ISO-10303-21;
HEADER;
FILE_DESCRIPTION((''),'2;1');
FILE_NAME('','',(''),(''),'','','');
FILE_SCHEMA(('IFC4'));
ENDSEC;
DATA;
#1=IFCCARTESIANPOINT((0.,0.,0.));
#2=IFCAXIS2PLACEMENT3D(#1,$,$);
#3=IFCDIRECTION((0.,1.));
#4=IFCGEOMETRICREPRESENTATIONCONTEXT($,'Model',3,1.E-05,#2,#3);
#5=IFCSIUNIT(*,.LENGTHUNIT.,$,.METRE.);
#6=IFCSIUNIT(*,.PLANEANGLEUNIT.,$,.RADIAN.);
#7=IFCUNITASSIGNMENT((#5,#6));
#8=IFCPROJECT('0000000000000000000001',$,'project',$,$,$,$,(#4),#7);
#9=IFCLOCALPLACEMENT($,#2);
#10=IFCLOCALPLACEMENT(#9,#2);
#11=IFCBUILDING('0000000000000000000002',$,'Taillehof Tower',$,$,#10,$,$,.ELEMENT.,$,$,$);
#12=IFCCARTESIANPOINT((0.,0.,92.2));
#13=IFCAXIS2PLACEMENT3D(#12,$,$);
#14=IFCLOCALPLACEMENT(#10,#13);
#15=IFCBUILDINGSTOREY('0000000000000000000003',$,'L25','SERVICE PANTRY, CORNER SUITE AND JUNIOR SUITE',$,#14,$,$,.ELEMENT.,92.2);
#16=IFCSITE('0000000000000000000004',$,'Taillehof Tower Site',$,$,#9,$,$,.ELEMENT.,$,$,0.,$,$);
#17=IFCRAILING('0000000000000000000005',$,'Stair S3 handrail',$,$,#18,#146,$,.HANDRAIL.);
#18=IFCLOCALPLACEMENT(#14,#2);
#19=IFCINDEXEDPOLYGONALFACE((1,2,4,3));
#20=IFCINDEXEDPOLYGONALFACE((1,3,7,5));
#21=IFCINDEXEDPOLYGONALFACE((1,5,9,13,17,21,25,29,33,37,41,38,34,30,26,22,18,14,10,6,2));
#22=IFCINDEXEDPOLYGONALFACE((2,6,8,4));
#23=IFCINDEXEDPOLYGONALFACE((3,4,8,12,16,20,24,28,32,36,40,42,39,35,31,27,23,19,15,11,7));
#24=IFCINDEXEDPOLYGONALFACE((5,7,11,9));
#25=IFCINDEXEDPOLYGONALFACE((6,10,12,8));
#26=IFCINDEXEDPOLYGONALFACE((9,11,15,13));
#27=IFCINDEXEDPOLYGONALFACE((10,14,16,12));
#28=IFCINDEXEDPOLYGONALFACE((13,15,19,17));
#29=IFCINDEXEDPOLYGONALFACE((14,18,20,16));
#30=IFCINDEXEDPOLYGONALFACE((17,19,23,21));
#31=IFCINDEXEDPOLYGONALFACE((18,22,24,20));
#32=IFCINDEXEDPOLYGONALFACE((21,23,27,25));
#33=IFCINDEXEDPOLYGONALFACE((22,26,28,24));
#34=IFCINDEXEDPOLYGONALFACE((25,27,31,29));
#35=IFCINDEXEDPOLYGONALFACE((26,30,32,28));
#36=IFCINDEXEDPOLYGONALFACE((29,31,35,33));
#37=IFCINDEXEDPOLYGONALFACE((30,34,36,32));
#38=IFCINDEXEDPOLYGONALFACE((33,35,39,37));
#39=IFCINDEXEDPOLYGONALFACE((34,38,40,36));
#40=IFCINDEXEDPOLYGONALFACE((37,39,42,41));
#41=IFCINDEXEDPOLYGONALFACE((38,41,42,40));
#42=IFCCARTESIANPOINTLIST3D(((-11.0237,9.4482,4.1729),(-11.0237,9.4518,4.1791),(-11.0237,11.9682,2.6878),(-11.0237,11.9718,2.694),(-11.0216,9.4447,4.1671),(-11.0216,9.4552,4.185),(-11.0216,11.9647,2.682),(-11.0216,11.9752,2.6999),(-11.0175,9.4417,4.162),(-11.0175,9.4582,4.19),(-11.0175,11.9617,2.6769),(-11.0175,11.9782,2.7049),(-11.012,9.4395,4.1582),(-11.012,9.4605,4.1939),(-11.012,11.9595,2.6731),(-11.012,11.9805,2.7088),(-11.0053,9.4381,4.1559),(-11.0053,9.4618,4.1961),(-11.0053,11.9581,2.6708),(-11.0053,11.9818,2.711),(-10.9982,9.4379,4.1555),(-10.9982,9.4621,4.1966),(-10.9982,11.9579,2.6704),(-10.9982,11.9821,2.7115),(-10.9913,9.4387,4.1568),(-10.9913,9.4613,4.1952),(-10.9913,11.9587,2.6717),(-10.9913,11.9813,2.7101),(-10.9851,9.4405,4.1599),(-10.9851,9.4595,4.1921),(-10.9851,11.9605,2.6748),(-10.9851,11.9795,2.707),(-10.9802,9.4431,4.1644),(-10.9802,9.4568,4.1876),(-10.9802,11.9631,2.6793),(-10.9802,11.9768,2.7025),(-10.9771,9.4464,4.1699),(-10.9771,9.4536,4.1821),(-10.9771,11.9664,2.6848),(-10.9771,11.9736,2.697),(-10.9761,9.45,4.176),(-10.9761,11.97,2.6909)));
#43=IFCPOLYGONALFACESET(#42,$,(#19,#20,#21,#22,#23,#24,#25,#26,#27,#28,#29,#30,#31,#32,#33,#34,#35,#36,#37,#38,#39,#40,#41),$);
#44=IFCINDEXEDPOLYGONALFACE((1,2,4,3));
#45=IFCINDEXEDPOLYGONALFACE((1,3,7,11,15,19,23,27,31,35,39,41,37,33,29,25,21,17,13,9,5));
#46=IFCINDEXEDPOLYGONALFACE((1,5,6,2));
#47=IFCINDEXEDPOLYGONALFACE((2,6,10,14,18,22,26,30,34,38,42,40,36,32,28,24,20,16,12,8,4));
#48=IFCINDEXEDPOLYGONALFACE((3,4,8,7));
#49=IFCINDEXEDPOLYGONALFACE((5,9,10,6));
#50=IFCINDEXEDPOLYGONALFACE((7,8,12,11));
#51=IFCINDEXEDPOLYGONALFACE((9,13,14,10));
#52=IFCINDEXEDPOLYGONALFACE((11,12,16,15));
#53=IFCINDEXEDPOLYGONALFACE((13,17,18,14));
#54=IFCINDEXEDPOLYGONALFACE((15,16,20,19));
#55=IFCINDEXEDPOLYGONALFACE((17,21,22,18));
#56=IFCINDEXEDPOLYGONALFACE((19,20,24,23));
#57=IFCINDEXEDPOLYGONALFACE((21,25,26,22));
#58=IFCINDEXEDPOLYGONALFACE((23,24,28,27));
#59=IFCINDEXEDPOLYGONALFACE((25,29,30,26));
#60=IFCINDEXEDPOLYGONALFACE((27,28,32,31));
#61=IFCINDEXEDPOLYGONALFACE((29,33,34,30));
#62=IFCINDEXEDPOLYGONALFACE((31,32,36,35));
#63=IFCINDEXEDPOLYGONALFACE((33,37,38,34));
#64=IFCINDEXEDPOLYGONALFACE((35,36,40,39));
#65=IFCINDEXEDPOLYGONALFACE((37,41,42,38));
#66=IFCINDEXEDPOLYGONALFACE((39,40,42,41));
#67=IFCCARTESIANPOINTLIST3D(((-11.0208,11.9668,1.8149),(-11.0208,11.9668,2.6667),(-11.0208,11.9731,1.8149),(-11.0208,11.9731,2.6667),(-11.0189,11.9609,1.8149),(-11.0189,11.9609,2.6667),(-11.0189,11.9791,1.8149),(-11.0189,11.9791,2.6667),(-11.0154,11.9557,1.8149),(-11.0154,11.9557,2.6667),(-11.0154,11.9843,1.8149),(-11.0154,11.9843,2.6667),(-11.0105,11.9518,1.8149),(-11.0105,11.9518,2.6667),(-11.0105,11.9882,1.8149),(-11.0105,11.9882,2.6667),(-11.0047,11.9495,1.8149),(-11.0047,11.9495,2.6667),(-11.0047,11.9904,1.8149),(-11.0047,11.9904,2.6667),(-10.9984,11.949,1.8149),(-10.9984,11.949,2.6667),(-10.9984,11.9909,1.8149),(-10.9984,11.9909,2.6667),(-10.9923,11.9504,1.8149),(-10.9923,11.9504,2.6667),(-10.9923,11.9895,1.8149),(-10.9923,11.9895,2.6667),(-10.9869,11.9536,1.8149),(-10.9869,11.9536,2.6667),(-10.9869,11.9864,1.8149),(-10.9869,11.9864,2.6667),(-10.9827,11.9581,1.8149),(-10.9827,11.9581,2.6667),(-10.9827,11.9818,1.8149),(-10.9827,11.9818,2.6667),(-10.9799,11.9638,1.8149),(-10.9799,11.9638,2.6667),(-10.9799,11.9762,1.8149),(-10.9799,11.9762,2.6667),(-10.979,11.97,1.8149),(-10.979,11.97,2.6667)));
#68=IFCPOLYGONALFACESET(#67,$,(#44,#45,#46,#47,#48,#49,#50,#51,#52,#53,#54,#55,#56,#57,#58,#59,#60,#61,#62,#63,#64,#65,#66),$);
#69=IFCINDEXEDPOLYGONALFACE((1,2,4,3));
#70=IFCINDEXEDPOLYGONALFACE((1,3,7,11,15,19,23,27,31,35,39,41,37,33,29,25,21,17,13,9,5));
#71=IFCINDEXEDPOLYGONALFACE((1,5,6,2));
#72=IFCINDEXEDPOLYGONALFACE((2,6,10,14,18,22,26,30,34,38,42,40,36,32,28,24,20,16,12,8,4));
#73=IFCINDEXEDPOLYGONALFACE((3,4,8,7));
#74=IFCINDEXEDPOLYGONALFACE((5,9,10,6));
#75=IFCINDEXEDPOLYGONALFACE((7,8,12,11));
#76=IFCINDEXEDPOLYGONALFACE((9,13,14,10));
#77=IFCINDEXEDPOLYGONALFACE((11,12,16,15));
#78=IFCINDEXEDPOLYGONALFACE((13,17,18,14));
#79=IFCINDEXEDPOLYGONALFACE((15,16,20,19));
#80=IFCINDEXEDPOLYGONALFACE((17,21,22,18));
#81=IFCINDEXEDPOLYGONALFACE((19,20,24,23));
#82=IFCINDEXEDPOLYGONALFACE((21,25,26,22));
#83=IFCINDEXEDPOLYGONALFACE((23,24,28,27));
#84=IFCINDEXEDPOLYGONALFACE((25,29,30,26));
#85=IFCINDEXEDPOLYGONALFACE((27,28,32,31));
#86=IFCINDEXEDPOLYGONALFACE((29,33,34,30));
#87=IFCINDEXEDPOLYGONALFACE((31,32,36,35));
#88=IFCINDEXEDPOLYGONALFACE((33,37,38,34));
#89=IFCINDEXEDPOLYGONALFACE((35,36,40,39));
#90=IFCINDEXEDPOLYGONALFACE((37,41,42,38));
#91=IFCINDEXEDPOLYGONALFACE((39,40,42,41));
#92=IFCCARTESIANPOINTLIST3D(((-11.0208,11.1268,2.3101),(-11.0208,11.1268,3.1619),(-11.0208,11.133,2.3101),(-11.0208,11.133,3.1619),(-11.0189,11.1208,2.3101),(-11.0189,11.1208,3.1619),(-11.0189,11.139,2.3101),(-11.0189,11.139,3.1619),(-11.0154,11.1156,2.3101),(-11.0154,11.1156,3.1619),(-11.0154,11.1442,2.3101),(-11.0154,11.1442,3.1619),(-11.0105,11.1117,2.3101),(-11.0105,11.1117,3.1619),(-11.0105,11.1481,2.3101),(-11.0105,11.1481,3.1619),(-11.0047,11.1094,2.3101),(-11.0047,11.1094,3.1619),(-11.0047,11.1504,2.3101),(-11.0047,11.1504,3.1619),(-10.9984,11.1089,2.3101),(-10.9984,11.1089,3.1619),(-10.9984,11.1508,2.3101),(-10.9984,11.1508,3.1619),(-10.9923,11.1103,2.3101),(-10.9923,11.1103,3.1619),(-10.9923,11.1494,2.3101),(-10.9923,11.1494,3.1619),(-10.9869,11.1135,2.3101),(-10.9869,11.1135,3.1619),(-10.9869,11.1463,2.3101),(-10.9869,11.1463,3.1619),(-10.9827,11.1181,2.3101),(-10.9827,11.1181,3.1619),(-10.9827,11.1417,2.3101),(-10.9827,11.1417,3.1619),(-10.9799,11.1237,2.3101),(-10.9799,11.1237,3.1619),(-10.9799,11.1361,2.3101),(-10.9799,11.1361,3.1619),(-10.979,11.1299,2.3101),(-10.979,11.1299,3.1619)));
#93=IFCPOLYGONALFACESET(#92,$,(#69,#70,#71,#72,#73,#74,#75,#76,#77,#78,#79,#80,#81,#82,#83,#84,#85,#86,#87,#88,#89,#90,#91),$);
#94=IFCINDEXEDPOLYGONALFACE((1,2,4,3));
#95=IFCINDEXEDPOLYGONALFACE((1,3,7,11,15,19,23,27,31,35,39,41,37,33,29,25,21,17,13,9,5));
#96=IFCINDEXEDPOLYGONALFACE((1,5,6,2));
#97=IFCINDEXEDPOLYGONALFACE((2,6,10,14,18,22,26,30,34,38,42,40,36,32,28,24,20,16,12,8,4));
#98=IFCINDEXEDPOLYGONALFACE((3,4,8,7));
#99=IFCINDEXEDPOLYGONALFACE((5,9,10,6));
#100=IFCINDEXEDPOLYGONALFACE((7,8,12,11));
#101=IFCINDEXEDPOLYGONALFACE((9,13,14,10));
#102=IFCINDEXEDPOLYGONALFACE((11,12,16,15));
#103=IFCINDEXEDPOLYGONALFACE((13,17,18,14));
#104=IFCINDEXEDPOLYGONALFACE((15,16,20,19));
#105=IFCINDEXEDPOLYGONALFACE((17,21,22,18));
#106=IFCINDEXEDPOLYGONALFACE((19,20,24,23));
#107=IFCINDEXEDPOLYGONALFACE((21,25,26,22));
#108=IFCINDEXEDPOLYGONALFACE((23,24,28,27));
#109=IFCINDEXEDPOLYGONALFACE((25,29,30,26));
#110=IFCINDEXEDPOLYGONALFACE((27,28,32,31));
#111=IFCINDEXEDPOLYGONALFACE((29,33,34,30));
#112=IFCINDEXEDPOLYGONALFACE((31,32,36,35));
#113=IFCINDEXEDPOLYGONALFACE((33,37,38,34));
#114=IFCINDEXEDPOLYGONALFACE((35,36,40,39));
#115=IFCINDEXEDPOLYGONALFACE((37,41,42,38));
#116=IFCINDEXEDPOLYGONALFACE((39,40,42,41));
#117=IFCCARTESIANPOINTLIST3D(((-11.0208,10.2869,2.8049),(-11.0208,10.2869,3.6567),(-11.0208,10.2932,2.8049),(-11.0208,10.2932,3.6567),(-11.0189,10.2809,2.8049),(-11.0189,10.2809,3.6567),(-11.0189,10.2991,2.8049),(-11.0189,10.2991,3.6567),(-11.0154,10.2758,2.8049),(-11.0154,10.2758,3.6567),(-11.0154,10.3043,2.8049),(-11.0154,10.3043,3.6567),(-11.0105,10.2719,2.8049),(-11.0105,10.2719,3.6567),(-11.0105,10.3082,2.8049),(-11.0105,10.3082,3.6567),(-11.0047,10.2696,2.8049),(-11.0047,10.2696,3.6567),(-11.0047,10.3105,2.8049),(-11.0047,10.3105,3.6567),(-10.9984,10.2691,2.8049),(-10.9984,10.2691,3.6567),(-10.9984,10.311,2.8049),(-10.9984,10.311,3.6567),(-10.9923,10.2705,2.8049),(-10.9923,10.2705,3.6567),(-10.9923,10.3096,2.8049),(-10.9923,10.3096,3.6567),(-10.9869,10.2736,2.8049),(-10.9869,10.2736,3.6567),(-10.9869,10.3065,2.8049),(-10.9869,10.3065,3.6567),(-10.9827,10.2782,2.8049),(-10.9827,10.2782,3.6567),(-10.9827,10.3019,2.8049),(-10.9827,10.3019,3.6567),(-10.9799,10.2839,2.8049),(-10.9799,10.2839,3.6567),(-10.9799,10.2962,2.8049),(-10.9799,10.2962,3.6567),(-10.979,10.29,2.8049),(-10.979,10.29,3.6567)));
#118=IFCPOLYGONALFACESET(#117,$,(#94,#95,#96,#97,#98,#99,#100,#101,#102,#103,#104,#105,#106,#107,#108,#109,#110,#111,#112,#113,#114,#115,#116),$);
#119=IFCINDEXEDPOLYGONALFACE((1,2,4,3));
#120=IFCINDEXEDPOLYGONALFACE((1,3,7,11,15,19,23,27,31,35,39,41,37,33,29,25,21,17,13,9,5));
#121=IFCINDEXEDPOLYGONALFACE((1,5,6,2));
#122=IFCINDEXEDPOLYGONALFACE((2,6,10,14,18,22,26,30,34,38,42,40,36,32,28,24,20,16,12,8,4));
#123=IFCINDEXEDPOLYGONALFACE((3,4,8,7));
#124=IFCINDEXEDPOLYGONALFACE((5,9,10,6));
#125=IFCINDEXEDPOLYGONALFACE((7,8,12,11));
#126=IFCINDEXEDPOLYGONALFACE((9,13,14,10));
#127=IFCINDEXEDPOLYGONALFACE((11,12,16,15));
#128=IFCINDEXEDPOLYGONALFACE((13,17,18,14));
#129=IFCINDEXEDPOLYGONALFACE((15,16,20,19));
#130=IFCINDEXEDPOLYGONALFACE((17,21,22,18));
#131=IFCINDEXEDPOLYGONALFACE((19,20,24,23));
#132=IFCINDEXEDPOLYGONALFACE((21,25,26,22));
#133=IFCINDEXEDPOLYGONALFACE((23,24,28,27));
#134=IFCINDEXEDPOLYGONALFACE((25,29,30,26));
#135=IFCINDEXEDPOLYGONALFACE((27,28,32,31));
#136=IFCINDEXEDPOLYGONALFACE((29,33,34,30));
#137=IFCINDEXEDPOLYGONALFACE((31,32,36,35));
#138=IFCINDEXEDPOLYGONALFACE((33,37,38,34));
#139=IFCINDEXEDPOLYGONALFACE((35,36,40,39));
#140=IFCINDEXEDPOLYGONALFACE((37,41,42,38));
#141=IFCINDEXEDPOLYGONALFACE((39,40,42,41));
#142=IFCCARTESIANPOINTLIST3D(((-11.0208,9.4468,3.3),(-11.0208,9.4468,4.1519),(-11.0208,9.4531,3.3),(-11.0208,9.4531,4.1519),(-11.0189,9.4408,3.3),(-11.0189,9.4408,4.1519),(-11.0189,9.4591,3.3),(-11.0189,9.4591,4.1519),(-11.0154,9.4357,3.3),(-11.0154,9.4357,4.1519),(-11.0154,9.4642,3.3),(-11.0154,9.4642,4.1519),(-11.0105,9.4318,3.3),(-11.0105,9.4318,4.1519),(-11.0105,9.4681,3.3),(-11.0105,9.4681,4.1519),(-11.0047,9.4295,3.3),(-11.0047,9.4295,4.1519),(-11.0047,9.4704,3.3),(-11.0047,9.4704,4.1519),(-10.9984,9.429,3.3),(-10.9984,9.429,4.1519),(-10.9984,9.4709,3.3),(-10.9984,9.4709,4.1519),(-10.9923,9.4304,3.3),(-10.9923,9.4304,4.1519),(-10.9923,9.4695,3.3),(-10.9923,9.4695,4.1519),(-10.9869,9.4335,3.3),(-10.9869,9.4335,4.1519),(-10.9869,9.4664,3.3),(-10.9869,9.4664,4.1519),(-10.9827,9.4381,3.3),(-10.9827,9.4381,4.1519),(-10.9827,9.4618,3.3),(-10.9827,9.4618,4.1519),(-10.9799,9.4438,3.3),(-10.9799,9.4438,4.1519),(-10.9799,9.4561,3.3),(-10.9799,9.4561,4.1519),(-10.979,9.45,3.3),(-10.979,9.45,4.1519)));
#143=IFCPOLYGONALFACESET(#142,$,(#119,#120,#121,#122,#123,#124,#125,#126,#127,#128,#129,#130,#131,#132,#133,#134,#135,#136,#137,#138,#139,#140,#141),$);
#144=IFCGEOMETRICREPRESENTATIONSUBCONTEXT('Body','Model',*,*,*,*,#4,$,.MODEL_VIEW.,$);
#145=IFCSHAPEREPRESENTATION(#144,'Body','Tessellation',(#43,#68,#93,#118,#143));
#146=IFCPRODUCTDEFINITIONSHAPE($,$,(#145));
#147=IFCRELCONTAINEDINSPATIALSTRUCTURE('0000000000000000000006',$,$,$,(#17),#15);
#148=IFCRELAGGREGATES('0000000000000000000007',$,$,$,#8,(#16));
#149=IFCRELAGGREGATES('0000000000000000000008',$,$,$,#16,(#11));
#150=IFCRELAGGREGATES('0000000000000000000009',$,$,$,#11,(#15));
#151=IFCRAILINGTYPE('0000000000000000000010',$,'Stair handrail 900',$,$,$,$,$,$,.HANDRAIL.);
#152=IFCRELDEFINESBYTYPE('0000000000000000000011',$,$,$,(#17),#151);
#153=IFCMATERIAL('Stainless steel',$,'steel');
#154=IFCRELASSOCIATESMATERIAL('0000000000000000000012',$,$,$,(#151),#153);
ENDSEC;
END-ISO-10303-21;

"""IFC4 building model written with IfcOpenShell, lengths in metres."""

from ifc_helpers import new_model, si_unit, direction, frame, origin, origin_2d, place, context, subcontext, project, spatial, circle, extrude, material, type_object, element, save


model = new_model("IFC4")

# Units and contexts
model_context = context("Model", 3, precision=1e-05, world=origin(), true_north=direction((0.0, 1.0)))
body_context = subcontext(model_context, "Body", "Model", "MODEL_VIEW")
ifc_project = project(units=[si_unit("LENGTHUNIT", "METRE"), si_unit("PLANEANGLEUNIT", "RADIAN")], contexts=[model_context])

# Site, building, storey
site_placement = place(None, origin())
site = spatial("IfcSite", under=ifc_project, at=site_placement, Name="Taillehof Tower Site", CompositionType="ELEMENT", RefElevation=0.0)
building_placement = place(site_placement, origin())
building = spatial("IfcBuilding", under=site, at=building_placement, Name="Taillehof Tower", CompositionType="ELEMENT")
storey_placement = place(building_placement, frame((0.0, 0.0, 92.2)))
storey = spatial("IfcBuildingStorey", under=building, at=storey_placement, Name="L25", Description="SERVICE PANTRY, CORNER SUITE AND JUNIOR SUITE", CompositionType="ELEMENT", Elevation=92.2)

# Railing
ifc_material_1 = material(Name="Stainless steel", Category="steel")
railing_type = type_object("IfcRailingType", Name="Stair handrail 900", PredefinedType="HANDRAIL", material=ifc_material_1)
railing_placement = place(storey_placement, frame((-11.0, 11.97, 1.8149)))
element("IfcRailing", 1, at=railing_placement, inside=storey, type_object=railing_type, Name="Stair S3 handrail", PredefinedType="HANDRAIL", context=body_context, shape_type="SweptSolid", body=[
    extrude(circle(Radius=0.0239, at=origin_2d()), frame((0.0, 0.0, 0.876), z_axis=(0.0, -0.861524, 0.507717), x_axis=(1.0, 0.0, 0.0)), (0.0, 0.0, 1.0), 2.925),
    extrude(circle(Radius=0.021, at=origin_2d()), origin(), (0.0, 0.0, 1.0), 0.8518),
    extrude(circle(Radius=0.021, at=origin_2d()), frame((0.0, -0.8401, 0.4951)), (0.0, 0.0, 1.0), 0.8518),
    extrude(circle(Radius=0.021, at=origin_2d()), frame((0.0, -1.6799, 0.99)), (0.0, 0.0, 1.0), 0.8518),
    extrude(circle(Radius=0.021, at=origin_2d()), frame((0.0, -2.52, 1.4851)), (0.0, 0.0, 1.0), 0.8518),
])

save(model, "model.ifc")
